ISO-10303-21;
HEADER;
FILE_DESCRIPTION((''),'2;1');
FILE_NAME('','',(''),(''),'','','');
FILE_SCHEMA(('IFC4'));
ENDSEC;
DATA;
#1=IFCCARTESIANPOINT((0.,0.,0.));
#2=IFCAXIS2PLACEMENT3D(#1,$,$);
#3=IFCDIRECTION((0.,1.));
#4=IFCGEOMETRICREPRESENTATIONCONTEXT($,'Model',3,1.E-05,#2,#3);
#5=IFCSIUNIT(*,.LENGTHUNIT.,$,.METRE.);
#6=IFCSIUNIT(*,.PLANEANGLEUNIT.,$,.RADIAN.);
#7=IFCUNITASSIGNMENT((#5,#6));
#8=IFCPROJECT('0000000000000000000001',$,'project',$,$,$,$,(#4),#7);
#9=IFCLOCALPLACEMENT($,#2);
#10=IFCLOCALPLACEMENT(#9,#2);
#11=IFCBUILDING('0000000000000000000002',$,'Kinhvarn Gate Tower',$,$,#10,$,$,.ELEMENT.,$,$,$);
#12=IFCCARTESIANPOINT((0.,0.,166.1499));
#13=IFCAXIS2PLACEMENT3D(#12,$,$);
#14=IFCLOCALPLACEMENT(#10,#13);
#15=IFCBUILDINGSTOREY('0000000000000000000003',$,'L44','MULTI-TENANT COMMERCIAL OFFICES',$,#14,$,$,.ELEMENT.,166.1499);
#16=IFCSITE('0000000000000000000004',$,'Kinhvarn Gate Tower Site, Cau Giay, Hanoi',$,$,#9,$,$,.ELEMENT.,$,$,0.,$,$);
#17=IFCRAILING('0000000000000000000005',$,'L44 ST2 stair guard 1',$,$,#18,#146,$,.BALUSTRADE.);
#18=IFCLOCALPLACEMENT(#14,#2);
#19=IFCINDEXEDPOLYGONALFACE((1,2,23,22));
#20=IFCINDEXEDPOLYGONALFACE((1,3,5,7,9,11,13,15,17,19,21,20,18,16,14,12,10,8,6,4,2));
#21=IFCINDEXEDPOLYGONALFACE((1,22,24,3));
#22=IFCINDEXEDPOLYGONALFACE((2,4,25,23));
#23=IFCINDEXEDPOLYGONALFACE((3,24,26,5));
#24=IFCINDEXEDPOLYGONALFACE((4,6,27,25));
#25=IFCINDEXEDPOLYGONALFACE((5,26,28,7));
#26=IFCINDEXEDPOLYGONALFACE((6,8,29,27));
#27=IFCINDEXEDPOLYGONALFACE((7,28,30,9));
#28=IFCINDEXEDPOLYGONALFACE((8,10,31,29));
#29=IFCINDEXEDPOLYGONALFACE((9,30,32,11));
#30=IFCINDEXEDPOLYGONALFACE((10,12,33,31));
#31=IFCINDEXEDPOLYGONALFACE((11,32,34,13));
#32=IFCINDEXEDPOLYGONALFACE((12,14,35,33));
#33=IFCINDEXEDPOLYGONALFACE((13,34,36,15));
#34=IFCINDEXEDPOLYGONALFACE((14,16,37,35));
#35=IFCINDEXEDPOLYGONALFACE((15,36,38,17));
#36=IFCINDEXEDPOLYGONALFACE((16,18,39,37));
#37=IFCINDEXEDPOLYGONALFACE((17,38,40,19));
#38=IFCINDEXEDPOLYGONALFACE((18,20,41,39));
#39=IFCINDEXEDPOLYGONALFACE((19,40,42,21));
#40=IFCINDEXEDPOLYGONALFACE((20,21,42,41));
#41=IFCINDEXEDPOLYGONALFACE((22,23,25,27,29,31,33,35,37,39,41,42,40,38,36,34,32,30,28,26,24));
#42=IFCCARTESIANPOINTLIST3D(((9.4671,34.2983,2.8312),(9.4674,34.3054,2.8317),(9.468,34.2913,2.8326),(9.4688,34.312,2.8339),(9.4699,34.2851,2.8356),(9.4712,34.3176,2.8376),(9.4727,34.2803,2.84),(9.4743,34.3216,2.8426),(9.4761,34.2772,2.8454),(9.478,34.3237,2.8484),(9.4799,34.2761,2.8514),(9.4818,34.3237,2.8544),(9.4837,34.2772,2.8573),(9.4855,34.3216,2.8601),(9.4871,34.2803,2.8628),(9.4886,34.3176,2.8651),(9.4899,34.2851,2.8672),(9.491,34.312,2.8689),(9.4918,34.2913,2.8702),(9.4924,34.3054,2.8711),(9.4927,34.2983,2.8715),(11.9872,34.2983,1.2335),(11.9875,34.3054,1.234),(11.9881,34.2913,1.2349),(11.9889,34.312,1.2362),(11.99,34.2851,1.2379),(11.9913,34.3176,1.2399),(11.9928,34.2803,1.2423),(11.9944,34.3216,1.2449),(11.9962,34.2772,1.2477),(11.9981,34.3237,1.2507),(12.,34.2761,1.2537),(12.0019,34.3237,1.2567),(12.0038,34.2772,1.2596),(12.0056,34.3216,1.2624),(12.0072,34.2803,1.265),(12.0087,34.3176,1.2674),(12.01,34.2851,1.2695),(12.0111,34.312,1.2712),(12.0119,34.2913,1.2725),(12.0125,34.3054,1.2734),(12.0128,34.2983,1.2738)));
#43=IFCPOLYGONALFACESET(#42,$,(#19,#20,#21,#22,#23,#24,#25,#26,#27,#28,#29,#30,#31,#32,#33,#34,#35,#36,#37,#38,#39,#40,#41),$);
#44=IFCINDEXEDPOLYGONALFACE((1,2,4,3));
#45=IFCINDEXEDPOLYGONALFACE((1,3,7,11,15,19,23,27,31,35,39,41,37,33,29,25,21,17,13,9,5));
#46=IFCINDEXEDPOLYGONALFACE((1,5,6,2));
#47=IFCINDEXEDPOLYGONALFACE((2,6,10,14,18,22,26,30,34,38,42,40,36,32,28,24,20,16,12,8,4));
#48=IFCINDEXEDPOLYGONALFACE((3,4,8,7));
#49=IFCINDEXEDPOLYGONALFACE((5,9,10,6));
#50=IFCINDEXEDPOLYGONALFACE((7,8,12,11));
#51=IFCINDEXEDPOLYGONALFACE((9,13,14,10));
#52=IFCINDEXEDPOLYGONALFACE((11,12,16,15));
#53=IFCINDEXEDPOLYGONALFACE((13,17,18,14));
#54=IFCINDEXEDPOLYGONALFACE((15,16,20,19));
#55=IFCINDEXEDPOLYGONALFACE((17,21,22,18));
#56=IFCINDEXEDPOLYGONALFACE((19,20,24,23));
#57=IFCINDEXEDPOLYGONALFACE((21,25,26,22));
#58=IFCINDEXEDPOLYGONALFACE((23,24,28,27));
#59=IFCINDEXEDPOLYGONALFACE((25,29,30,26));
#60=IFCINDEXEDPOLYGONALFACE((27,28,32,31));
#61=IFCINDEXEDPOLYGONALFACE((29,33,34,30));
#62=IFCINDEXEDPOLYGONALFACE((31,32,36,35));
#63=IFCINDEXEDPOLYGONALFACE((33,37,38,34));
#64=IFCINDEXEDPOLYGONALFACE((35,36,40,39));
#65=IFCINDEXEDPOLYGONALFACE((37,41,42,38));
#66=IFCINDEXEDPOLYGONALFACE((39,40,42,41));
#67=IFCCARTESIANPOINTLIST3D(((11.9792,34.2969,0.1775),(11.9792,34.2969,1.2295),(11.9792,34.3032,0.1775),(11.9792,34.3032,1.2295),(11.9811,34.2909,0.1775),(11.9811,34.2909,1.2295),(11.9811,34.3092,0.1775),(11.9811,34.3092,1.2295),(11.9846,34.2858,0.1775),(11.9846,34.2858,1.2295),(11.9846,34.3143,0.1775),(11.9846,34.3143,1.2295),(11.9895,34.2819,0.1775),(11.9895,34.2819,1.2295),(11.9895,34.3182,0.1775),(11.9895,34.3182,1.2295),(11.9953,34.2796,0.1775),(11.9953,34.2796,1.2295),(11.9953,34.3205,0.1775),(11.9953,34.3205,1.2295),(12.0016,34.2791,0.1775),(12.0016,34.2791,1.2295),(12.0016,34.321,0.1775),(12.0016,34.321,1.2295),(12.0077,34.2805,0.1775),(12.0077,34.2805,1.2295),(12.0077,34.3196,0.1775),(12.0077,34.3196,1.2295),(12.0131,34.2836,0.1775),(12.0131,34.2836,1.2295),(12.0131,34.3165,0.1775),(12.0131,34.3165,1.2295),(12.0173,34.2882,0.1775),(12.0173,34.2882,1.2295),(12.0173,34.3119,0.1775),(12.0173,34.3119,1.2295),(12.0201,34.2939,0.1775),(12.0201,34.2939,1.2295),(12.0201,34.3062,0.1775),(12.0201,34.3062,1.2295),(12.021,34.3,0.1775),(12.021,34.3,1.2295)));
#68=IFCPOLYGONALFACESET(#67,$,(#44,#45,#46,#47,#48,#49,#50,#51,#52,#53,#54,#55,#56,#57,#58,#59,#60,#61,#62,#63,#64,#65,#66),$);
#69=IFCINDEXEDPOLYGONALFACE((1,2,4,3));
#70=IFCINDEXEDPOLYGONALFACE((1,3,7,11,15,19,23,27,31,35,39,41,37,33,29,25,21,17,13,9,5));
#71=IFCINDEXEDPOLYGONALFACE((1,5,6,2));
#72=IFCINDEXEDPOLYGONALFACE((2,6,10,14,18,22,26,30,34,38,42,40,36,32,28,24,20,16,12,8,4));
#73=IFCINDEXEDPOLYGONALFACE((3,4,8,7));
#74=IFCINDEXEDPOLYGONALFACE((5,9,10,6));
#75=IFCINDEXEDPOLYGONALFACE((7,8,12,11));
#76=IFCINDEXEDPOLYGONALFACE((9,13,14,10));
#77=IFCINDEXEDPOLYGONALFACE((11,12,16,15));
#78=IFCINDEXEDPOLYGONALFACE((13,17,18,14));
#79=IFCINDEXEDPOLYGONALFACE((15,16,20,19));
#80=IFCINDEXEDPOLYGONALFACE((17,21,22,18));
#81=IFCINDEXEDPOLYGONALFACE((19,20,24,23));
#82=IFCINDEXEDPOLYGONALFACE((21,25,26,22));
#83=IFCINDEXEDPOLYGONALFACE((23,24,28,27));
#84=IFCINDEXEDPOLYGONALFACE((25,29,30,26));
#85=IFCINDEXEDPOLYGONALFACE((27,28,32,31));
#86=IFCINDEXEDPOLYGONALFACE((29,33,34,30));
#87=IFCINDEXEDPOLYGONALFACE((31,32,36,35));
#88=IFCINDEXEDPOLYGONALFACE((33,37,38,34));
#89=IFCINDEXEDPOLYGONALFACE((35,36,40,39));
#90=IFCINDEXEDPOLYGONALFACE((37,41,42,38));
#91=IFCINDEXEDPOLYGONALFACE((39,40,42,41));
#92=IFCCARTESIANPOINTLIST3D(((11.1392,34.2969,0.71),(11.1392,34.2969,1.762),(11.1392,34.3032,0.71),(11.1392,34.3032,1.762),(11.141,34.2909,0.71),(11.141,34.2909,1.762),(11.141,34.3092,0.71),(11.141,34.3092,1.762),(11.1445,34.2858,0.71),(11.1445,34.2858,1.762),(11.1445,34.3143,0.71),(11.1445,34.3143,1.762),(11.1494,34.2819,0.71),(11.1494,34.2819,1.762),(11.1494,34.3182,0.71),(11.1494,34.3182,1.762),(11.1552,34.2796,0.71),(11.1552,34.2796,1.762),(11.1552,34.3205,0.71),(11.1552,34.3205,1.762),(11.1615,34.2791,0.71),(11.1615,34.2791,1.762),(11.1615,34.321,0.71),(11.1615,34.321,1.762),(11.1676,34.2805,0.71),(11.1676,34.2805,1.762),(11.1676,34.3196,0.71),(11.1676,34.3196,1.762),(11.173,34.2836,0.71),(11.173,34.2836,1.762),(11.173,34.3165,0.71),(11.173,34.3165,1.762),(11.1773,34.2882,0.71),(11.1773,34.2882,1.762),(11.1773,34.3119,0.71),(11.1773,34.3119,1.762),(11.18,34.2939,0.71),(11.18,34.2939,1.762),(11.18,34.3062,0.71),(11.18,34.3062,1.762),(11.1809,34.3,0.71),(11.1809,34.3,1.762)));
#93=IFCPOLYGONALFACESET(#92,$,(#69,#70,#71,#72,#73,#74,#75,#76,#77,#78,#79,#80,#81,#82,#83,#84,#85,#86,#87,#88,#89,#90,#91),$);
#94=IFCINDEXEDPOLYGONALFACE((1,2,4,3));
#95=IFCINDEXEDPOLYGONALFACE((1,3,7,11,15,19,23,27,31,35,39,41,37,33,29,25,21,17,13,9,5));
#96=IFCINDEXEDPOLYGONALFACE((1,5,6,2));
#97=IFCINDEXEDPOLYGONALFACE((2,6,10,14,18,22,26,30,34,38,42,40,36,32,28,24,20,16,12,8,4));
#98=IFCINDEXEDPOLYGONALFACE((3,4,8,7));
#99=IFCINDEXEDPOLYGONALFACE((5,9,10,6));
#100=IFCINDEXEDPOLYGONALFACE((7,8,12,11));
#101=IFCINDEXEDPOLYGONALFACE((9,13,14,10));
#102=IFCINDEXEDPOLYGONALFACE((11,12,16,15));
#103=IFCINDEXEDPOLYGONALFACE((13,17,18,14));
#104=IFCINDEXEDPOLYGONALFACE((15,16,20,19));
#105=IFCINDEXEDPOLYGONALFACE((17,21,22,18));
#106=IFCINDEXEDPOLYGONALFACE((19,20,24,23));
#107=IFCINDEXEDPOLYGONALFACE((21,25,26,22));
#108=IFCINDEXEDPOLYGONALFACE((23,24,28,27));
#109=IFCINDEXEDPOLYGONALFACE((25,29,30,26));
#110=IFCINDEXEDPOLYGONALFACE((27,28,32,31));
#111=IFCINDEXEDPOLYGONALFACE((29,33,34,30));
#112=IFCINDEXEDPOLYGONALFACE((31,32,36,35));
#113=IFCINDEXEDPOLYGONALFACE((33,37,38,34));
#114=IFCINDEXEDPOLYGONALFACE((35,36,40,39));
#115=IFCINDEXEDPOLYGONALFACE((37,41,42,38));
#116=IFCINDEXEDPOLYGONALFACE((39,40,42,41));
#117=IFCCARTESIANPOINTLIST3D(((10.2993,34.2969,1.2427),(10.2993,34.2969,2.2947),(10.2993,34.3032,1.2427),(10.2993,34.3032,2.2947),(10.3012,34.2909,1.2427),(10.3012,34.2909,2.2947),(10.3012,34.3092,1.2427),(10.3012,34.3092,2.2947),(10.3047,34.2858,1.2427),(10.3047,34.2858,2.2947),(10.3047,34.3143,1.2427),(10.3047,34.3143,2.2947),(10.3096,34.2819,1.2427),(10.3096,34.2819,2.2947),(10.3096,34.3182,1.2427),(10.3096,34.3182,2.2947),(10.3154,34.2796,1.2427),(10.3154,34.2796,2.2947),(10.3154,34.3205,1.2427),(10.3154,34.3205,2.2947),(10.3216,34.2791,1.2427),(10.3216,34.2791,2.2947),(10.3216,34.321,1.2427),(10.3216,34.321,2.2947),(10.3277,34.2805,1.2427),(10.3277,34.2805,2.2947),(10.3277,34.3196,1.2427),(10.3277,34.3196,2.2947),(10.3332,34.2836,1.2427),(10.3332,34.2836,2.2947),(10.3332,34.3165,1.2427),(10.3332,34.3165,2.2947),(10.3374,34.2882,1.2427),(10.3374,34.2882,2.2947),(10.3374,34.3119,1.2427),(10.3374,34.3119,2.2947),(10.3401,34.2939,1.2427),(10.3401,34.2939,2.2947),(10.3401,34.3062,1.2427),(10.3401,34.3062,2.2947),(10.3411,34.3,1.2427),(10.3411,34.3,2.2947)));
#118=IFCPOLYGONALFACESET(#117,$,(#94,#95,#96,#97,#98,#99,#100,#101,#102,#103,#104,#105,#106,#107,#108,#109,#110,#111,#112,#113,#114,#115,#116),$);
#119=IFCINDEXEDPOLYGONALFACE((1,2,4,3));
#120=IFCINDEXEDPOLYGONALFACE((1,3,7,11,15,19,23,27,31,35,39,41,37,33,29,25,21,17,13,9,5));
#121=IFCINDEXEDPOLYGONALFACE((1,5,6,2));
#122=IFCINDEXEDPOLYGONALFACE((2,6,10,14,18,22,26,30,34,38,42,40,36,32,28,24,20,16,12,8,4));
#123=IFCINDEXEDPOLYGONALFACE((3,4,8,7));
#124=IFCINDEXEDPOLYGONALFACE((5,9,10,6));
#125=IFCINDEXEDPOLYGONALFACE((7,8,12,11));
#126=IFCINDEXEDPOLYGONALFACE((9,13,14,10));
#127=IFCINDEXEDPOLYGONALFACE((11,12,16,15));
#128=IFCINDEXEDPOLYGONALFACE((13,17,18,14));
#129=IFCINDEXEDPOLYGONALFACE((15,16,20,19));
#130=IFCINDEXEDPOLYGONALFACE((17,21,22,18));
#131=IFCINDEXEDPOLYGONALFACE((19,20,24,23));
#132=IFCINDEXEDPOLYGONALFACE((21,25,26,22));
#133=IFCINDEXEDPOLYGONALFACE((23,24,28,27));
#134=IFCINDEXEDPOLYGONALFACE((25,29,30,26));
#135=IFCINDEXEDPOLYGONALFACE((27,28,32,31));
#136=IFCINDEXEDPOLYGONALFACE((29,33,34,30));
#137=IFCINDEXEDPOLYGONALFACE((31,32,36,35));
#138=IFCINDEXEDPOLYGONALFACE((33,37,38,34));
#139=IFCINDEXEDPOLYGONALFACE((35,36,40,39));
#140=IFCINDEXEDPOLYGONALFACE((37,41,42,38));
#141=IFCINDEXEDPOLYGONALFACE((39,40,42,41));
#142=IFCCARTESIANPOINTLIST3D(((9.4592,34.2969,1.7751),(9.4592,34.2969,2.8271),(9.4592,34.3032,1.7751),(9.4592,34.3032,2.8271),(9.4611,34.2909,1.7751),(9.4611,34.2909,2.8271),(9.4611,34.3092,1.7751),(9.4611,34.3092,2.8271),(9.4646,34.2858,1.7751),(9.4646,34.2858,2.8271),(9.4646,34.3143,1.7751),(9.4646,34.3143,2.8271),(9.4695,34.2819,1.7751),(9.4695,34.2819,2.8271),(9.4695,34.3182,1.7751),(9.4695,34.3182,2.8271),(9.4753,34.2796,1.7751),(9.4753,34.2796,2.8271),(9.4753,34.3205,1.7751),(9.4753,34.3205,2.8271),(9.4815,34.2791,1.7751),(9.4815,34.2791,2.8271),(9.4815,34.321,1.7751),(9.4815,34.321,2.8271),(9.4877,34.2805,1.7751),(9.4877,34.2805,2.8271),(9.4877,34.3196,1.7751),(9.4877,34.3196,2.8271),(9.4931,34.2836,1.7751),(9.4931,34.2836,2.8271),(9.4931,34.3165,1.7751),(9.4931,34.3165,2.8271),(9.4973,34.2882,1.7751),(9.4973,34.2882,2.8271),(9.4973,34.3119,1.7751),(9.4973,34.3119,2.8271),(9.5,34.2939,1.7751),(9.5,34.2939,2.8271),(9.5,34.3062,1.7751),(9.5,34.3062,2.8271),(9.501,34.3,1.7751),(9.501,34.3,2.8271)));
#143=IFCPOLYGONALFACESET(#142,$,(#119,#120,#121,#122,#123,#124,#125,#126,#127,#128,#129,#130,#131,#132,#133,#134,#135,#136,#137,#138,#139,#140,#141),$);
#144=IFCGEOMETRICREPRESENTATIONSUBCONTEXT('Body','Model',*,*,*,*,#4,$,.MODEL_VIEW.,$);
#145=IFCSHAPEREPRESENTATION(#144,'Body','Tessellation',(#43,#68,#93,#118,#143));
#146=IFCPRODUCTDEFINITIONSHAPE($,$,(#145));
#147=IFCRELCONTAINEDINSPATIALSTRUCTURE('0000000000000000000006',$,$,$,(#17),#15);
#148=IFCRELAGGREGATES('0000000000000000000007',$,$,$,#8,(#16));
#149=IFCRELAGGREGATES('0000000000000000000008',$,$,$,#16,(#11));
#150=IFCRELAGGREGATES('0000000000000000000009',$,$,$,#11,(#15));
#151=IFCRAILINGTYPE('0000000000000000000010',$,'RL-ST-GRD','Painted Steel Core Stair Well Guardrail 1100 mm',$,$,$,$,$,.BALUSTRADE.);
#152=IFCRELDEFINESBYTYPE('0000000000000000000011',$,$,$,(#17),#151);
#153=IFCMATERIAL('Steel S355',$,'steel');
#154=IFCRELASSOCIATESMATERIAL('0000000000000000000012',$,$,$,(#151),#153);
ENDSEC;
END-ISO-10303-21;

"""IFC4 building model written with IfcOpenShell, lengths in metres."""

from ifc_helpers import new_model, si_unit, direction, frame, origin, origin_2d, place, context, subcontext, project, spatial, circle, extrude, material, type_object, element, save


model = new_model("IFC4")

# Units and contexts
model_context = context("Model", 3, precision=1e-05, world=origin(), true_north=direction((0.0, 1.0)))
body_context = subcontext(model_context, "Body", "Model", "MODEL_VIEW")
ifc_project = project(units=[si_unit("LENGTHUNIT", "METRE"), si_unit("PLANEANGLEUNIT", "RADIAN")], contexts=[model_context])

# Site, building, storey
site_placement = place(None, origin())
site = spatial("IfcSite", under=ifc_project, at=site_placement, Name="Kinhvarn Gate Tower Site, Cau Giay, Hanoi", CompositionType="ELEMENT", RefElevation=0.0)
building_placement = place(site_placement, origin())
building = spatial("IfcBuilding", under=site, at=building_placement, Name="Kinhvarn Gate Tower", CompositionType="ELEMENT")
storey_placement = place(building_placement, frame((0.0, 0.0, 166.1499)))
storey = spatial("IfcBuildingStorey", under=building, at=storey_placement, Name="L44", Description="MULTI-TENANT COMMERCIAL OFFICES", CompositionType="ELEMENT", Elevation=166.1499)

# Shared definitions
ifc_material_1 = material(Name="Steel S355", Category="steel")

# Railing
railing_type_1 = type_object("IfcRailingType", Name="RL-ST-GRD", Description="Painted Steel Core Stair Well Guardrail 1100 mm", PredefinedType="BALUSTRADE", material=ifc_material_1)
railing_1_placement = place(storey_placement, frame((12.0, 34.3, 0.1775)))
element("IfcRailing", 1, at=railing_1_placement, inside=storey, type_object=railing_type_1, Name="L44 ST2 stair guard 1", PredefinedType="BALUSTRADE", context=body_context, shape_type="SweptSolid", body=[
    extrude(circle(Radius=0.0239, at=origin_2d()), frame((0.0, 0.0, 1.0762), z_axis=(-0.84457, 0.0, 0.535445), x_axis=(0.0, -1.0, 0.0)), (0.0, 0.0, 1.0), 2.9839),
    extrude(circle(Radius=0.021, at=origin_2d()), origin(), (0.0, 0.0, 1.0), 1.052),
    extrude(circle(Radius=0.021, at=origin_2d()), frame((-0.8401, 0.0, 0.5325)), (0.0, 0.0, 1.0), 1.052),
    extrude(circle(Radius=0.021, at=origin_2d()), frame((-1.6799, 0.0, 1.0652)), (0.0, 0.0, 1.0), 1.052),
    extrude(circle(Radius=0.021, at=origin_2d()), frame((-2.52, 0.0, 1.5977)), (0.0, 0.0, 1.0), 1.052),
])

save(model, "model.ifc")
